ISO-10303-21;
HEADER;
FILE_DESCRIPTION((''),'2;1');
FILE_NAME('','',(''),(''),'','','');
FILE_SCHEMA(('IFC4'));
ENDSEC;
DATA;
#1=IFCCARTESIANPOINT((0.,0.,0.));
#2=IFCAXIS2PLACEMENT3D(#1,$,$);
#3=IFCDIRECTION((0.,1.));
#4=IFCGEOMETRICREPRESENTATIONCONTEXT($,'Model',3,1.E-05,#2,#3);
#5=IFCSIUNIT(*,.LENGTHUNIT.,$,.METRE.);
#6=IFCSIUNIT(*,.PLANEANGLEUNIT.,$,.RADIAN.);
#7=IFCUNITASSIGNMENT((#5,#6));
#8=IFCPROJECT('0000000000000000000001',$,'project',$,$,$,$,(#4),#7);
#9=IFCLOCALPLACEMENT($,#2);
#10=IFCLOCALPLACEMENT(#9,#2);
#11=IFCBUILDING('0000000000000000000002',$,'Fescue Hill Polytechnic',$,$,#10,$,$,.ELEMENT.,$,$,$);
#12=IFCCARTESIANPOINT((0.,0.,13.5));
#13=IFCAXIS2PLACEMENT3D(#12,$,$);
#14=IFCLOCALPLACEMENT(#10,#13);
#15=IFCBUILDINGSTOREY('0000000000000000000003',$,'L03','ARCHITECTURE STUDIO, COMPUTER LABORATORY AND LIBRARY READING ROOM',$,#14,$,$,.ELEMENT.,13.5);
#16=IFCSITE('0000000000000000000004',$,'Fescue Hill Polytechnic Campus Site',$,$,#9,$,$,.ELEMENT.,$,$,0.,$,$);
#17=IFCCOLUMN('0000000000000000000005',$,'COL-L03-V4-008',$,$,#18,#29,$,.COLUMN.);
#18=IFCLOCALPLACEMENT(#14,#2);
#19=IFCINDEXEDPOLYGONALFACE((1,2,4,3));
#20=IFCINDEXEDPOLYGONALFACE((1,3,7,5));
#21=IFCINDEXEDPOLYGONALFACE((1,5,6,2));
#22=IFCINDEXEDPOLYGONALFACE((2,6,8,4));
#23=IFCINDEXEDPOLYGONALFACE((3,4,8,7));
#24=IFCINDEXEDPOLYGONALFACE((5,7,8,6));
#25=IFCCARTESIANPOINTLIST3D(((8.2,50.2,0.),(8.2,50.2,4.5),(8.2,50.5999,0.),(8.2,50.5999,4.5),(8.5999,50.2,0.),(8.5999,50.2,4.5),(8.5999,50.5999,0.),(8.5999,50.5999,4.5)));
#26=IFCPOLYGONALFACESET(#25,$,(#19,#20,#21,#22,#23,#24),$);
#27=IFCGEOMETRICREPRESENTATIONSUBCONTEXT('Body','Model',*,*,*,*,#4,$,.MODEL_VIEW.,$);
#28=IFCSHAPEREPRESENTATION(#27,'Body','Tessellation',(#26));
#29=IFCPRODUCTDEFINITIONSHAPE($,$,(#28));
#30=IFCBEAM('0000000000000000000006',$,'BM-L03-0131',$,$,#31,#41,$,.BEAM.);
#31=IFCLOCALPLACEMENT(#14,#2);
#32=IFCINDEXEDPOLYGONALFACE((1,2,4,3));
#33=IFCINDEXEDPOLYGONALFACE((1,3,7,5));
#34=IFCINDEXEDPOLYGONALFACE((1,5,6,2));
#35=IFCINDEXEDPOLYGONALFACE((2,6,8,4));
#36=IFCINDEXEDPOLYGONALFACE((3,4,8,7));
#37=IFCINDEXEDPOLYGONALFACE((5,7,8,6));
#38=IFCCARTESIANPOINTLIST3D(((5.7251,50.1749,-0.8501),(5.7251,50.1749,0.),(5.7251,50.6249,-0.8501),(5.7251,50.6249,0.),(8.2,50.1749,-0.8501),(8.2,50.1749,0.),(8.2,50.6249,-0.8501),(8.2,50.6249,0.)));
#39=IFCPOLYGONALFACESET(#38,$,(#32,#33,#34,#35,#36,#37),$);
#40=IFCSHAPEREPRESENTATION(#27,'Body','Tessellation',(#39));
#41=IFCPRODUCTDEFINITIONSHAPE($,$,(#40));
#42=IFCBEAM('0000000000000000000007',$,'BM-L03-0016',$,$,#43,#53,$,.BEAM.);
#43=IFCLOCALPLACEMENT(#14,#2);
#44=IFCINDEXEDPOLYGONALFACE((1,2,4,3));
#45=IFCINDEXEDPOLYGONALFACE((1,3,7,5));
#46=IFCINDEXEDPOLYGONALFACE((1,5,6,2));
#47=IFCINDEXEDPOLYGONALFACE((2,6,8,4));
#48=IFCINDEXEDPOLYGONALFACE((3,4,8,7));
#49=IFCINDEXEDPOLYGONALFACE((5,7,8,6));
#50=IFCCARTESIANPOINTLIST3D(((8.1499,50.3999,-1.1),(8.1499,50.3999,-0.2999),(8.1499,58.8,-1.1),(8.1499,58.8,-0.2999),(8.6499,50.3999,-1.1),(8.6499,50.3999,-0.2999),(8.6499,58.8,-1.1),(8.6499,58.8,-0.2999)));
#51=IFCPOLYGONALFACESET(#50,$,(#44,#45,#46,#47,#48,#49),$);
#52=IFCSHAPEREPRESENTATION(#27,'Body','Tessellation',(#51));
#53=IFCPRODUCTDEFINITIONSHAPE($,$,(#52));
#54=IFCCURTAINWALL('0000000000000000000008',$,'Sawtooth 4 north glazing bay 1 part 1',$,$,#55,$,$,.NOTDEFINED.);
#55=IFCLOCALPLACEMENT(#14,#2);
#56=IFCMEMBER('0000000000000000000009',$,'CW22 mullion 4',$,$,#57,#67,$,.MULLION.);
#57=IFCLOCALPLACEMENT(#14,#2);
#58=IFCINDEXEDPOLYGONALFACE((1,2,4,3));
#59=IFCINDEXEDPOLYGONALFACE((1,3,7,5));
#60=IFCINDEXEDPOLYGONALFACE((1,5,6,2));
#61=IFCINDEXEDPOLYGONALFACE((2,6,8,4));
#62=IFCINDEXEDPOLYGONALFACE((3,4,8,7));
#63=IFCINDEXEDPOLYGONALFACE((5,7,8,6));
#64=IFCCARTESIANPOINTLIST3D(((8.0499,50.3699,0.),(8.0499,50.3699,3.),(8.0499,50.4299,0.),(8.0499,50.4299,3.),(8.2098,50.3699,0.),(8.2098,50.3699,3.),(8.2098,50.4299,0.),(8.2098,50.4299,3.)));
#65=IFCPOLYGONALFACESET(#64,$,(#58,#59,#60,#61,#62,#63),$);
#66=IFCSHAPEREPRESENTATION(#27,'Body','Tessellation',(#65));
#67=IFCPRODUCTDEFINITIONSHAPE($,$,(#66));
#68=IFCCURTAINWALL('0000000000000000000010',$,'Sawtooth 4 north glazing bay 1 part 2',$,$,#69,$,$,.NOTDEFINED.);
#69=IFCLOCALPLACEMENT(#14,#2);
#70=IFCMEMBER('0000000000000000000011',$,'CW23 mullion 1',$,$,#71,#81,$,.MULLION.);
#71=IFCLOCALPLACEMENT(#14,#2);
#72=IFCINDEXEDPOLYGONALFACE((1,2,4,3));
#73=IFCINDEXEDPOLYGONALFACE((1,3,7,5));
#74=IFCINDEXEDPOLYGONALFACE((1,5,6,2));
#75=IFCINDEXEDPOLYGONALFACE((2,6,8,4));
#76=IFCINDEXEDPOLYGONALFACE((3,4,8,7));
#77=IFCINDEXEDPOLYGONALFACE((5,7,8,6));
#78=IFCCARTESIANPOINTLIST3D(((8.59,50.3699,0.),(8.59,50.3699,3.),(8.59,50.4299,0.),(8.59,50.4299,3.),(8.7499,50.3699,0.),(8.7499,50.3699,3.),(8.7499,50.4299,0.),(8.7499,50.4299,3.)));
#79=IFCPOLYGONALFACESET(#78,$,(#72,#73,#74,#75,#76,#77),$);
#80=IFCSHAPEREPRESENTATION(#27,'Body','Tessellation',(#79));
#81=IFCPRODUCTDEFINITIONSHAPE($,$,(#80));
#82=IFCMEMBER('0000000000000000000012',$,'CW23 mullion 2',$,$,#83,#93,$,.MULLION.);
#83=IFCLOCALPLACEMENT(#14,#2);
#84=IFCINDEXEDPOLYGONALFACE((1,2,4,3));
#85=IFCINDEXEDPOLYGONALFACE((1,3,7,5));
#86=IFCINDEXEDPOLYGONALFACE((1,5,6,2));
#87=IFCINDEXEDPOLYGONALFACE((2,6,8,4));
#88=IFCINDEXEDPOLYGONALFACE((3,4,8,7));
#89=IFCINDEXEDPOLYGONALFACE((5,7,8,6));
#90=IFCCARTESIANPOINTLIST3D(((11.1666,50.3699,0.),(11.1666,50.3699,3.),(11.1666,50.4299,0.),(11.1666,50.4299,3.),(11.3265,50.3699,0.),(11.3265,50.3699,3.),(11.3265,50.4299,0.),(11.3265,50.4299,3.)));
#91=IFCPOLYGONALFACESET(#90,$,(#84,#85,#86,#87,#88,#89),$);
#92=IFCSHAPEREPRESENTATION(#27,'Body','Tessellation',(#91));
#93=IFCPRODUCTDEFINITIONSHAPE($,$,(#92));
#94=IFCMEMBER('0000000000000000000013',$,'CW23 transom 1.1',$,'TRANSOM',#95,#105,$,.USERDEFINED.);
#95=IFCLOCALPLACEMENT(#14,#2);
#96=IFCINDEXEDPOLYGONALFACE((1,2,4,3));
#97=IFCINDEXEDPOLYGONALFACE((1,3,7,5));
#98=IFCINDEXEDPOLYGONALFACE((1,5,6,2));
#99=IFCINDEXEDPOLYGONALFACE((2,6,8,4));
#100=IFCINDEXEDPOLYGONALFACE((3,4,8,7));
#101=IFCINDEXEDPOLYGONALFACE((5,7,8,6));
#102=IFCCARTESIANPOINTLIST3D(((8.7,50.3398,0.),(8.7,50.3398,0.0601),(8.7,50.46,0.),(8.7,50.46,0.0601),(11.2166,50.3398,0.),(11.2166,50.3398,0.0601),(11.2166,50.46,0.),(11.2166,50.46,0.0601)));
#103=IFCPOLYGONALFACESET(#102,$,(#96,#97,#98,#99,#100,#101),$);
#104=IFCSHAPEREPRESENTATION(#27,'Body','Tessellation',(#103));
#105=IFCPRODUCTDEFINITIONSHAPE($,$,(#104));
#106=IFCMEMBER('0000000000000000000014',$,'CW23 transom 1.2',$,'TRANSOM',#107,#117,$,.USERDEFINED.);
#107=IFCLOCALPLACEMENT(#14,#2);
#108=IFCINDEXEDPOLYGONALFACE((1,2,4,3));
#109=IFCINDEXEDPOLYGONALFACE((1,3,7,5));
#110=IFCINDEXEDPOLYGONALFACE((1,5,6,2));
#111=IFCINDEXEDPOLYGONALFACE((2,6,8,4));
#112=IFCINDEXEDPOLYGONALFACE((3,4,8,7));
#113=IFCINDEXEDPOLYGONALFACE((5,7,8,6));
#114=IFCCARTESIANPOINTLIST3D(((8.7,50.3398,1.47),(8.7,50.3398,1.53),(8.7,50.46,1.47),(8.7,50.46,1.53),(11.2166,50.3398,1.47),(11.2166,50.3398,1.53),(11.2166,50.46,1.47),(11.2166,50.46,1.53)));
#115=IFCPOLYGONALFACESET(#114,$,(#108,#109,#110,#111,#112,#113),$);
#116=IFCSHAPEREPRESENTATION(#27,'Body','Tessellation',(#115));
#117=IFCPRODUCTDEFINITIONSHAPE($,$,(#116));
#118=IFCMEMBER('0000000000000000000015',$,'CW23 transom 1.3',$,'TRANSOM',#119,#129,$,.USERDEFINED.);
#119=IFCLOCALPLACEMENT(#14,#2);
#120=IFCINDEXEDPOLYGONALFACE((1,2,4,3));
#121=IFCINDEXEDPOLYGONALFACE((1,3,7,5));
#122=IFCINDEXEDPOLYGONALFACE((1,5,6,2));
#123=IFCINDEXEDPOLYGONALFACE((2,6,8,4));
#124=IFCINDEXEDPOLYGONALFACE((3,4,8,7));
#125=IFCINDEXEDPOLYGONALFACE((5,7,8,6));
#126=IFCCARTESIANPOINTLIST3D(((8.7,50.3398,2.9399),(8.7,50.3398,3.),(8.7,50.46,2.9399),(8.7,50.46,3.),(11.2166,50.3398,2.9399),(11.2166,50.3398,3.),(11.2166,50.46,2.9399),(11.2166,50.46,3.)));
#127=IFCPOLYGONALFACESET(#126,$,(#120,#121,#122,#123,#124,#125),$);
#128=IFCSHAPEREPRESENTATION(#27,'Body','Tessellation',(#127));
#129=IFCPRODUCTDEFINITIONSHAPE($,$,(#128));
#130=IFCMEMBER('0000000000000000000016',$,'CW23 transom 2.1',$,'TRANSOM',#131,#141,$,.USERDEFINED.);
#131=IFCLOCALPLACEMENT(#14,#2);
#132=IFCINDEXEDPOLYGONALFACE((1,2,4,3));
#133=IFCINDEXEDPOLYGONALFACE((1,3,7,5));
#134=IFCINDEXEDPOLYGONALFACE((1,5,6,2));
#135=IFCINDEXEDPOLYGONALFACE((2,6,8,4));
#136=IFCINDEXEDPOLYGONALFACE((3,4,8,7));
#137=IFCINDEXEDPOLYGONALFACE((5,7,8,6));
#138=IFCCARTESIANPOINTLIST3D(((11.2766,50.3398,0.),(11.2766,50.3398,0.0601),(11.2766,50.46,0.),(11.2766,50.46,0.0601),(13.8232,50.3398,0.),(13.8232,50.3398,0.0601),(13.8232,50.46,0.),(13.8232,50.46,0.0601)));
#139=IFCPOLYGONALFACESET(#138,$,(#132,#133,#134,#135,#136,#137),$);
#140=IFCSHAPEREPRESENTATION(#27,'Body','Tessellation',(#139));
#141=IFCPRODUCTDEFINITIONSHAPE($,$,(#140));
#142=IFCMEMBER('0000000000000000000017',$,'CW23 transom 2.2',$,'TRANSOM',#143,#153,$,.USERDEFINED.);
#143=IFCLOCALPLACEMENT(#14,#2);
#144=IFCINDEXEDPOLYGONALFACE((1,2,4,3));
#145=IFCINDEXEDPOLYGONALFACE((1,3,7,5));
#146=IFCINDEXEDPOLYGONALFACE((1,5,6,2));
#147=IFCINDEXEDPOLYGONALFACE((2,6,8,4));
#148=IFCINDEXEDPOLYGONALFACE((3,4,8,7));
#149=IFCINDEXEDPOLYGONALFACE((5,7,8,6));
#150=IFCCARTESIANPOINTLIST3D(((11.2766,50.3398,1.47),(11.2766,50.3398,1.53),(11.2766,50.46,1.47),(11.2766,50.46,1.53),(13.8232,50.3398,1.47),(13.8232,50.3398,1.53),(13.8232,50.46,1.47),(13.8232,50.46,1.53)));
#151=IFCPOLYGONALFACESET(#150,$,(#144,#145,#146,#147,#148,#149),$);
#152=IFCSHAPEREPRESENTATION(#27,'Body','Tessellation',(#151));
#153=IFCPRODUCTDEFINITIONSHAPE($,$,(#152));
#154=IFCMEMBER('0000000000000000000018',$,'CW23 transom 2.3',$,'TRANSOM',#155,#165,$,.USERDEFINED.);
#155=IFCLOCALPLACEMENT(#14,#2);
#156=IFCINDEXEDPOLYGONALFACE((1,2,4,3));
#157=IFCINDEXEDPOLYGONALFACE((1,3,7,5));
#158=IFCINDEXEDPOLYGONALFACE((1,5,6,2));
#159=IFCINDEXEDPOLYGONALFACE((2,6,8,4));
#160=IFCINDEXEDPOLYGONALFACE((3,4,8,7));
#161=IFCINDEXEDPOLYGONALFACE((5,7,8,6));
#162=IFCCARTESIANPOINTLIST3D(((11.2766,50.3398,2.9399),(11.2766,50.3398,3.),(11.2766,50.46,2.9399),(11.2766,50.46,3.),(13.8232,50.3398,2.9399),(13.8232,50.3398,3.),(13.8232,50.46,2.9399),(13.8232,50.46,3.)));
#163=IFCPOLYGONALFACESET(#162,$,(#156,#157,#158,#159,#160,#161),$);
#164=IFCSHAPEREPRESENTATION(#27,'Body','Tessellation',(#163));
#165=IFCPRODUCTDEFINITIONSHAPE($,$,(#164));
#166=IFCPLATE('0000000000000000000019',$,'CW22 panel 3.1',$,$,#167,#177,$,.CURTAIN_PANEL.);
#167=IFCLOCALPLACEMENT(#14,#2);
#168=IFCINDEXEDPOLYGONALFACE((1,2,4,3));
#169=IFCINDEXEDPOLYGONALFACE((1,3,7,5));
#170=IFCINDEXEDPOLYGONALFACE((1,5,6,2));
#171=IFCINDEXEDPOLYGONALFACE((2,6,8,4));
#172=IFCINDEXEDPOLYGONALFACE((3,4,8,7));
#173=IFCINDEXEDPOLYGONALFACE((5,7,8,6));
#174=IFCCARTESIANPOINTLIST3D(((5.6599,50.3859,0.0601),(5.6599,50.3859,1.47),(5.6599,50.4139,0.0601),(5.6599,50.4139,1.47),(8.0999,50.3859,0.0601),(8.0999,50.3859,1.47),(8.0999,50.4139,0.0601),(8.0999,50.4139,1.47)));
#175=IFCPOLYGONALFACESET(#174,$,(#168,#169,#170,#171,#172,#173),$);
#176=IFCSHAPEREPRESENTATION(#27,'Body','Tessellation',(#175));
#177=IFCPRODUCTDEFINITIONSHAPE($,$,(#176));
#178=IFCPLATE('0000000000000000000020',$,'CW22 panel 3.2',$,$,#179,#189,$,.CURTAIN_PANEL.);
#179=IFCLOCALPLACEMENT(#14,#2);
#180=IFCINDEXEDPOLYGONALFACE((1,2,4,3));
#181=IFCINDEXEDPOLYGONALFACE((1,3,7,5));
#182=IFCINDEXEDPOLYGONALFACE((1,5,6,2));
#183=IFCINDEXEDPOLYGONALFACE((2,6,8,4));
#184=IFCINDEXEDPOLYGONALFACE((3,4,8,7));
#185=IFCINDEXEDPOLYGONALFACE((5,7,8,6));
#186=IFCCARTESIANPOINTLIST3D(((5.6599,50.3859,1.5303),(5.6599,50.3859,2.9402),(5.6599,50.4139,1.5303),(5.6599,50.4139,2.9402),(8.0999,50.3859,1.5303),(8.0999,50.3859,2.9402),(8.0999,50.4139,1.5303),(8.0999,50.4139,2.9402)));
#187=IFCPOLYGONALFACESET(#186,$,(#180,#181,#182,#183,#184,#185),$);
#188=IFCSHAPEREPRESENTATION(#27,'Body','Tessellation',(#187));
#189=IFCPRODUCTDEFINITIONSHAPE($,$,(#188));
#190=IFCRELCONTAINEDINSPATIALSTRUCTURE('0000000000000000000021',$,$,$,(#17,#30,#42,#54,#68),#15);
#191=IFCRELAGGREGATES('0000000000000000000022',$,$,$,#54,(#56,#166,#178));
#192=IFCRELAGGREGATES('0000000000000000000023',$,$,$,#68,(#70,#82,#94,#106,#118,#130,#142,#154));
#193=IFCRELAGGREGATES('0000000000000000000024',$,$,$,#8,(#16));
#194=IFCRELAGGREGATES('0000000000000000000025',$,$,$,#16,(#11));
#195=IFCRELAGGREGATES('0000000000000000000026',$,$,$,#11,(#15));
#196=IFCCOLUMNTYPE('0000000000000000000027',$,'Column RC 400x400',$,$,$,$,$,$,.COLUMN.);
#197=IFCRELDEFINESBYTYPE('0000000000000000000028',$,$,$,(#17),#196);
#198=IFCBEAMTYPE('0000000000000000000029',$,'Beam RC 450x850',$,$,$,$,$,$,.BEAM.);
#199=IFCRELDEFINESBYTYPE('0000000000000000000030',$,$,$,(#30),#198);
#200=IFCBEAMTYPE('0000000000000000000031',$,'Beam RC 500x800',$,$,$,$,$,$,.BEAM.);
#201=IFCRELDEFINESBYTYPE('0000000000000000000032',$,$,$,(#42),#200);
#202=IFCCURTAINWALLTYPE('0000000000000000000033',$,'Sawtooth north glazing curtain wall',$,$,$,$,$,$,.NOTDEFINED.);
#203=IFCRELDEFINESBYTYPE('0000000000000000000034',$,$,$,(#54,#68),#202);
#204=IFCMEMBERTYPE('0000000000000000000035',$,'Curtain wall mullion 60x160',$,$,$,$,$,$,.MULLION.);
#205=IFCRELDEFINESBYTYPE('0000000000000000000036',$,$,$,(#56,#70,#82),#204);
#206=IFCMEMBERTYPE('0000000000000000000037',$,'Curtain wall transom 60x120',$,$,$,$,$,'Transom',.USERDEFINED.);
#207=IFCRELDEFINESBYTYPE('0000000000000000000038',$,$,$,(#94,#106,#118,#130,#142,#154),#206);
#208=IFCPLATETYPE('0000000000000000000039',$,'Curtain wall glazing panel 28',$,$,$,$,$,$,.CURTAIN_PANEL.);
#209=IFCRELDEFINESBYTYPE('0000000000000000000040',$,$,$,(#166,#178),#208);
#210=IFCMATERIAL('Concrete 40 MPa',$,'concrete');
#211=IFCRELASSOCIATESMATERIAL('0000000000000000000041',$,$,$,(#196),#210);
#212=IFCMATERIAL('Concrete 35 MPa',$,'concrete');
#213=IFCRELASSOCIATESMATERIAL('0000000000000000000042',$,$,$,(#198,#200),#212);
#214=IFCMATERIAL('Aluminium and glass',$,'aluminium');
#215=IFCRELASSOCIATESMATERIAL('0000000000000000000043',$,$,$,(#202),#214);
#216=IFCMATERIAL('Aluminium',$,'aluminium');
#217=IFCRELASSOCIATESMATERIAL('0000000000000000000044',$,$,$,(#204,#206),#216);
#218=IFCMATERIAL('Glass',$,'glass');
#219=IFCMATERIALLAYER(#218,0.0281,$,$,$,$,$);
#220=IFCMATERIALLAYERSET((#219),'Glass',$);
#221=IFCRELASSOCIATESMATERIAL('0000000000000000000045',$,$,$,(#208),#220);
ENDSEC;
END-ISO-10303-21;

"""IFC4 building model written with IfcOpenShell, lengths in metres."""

from ifc_helpers import new_model, si_unit, direction, frame, origin, origin_2d, place, context, subcontext, project, spatial, rectangle, extrude, material, layer, layer_set, material_profile, profile_set, type_object, element, aggregate, save


model = new_model("IFC4")

# Units and contexts
model_context = context("Model", 3, precision=1e-05, world=origin(), true_north=direction((0.0, 1.0)))
body_context = subcontext(model_context, "Body", "Model", "MODEL_VIEW")
ifc_project = project(units=[si_unit("LENGTHUNIT", "METRE"), si_unit("PLANEANGLEUNIT", "RADIAN")], contexts=[model_context])

# Site, building, storey
site_placement = place(None, origin())
site = spatial("IfcSite", under=ifc_project, at=site_placement, Name="Fescue Hill Polytechnic Campus Site", CompositionType="ELEMENT", RefElevation=0.0)
building_placement = place(site_placement, origin())
building = spatial("IfcBuilding", under=site, at=building_placement, Name="Fescue Hill Polytechnic", CompositionType="ELEMENT")
storey_placement = place(building_placement, frame((0.0, 0.0, 13.5)))
storey = spatial("IfcBuildingStorey", under=building, at=storey_placement, Name="L03", Description="ARCHITECTURE STUDIO, COMPUTER LABORATORY AND LIBRARY READING ROOM", CompositionType="ELEMENT", Elevation=13.5)

# Column
ifc_material_1 = material(Name="Concrete 40 MPa", Category="concrete")
ifc_material_profile_1 = material_profile(ifc_material_1, rectangle(XDim=0.3999, YDim=0.3999, at=origin_2d()), Name="RC 400x400")
ifc_profile_set_1 = profile_set([ifc_material_profile_1], Name="Concrete 40 MPa")
column_type = type_object("IfcColumnType", Name="Column RC 400x400", PredefinedType="COLUMN", material=ifc_profile_set_1)
column_placement = place(storey_placement, frame((8.3999, 50.3999, 0.0), z_axis=(0.0, 0.0, 1.0), x_axis=(1.0, 0.0, 0.0)))
element("IfcColumn", 1, at=column_placement, inside=storey, type_object=column_type, Name="COL-L03-V4-008", PredefinedType="COLUMN", context=body_context, shape_type="SweptSolid", body=[
    extrude(rectangle(XDim=0.3999, YDim=0.3999, at=origin_2d()), origin(), (0.0, 0.0, 1.0), 4.5),
])

# Beams
ifc_material_2 = material(Name="Concrete 35 MPa", Category="concrete")
ifc_material_profile_2 = material_profile(ifc_material_2, rectangle(XDim=0.45, YDim=0.8501, at=origin_2d()), Name="RC 450x850")
ifc_profile_set_2 = profile_set([ifc_material_profile_2], Name="Concrete 35 MPa")
beam_type_1 = type_object("IfcBeamType", Name="Beam RC 450x850", PredefinedType="BEAM", material=ifc_profile_set_2)
beam_1_placement = place(storey_placement, frame((5.7251, 50.3999, -0.425), z_axis=(1.0, 0.0, 0.0), x_axis=(0.0, 1.0, 0.0)))
element("IfcBeam", 2, at=beam_1_placement, inside=storey, type_object=beam_type_1, Name="BM-L03-0131", PredefinedType="BEAM", context=body_context, shape_type="SweptSolid", body=[
    extrude(rectangle(XDim=0.45, YDim=0.8501, at=origin_2d()), origin(), (0.0, 0.0, 1.0), 2.4749),
])
ifc_material_profile_3 = material_profile(ifc_material_2, rectangle(XDim=0.5, YDim=0.8, at=origin_2d()), Name="RC 500x800")
ifc_profile_set_3 = profile_set([ifc_material_profile_3], Name="Concrete 35 MPa")
beam_type_2 = type_object("IfcBeamType", Name="Beam RC 500x800", PredefinedType="BEAM", material=ifc_profile_set_3)
beam_2_placement = place(storey_placement, frame((8.3999, 50.3999, -0.7), z_axis=(0.0, 1.0, 0.0), x_axis=(-1.0, 0.0, 0.0)))
element("IfcBeam", 3, at=beam_2_placement, inside=storey, type_object=beam_type_2, Name="BM-L03-0016", PredefinedType="BEAM", context=body_context, shape_type="SweptSolid", body=[
    extrude(rectangle(XDim=0.5, YDim=0.8, at=origin_2d()), origin(), (0.0, 0.0, 1.0), 8.4001),
])

# Curtain wall, member
ifc_material_3 = material(Name="Aluminium and glass", Category="aluminium")
curtain_wall_type = type_object("IfcCurtainWallType", Name="Sawtooth north glazing curtain wall", PredefinedType="NOTDEFINED", material=ifc_material_3)
curtain_wall_1_placement = place(storey_placement, origin())
curtain_wall_1 = element("IfcCurtainWall", 4, at=curtain_wall_1_placement, inside=storey, type_object=curtain_wall_type, Name="Sawtooth 4 north glazing bay 1 part 1", PredefinedType="NOTDEFINED")
ifc_material_4 = material(Name="Aluminium", Category="aluminium")
ifc_material_profile_4 = material_profile(ifc_material_4, rectangle(XDim=0.0601, YDim=0.1599, at=origin_2d()), Name="Curtain wall mullion 60x160")
ifc_profile_set_4 = profile_set([ifc_material_profile_4], Name="Aluminium")
member_type_1 = type_object("IfcMemberType", Name="Curtain wall mullion 60x160", PredefinedType="MULLION", material=ifc_profile_set_4)
member_1_placement = place(storey_placement, frame((8.1299, 50.3999, 0.0), z_axis=(0.0, 0.0, 1.0), x_axis=(0.0, 1.0, 0.0)))
member_1 = element("IfcMember", 5, at=member_1_placement, type_object=member_type_1, Name="CW22 mullion 4", PredefinedType="MULLION", context=body_context, shape_type="SweptSolid", body=[
    extrude(rectangle(XDim=0.0601, YDim=0.1599, at=origin_2d()), origin(), (0.0, 0.0, 1.0), 3.0),
])

# Curtain wall, members
curtain_wall_2_placement = place(storey_placement, origin())
curtain_wall_2 = element("IfcCurtainWall", 6, at=curtain_wall_2_placement, inside=storey, type_object=curtain_wall_type, Name="Sawtooth 4 north glazing bay 1 part 2", PredefinedType="NOTDEFINED")
member_2_placement = place(storey_placement, frame((8.6699, 50.3999, 0.0), z_axis=(0.0, 0.0, 1.0), x_axis=(0.0, 1.0, 0.0)))
member_2 = element("IfcMember", 7, at=member_2_placement, type_object=member_type_1, Name="CW23 mullion 1", PredefinedType="MULLION", context=body_context, shape_type="SweptSolid", body=[
    extrude(rectangle(XDim=0.0601, YDim=0.1599, at=origin_2d()), origin(), (0.0, 0.0, 1.0), 3.0),
])
member_3_placement = place(storey_placement, frame((11.2466, 50.3999, 0.0), z_axis=(0.0, 0.0, 1.0), x_axis=(0.0, 1.0, 0.0)))
member_3 = element("IfcMember", 8, at=member_3_placement, type_object=member_type_1, Name="CW23 mullion 2", PredefinedType="MULLION", context=body_context, shape_type="SweptSolid", body=[
    extrude(rectangle(XDim=0.0601, YDim=0.1599, at=origin_2d()), origin(), (0.0, 0.0, 1.0), 3.0),
])
ifc_material_profile_5 = material_profile(ifc_material_4, rectangle(XDim=0.1201, YDim=0.0601, at=origin_2d()), Name="Curtain wall transom 60x120")
ifc_profile_set_5 = profile_set([ifc_material_profile_5], Name="Aluminium")
member_type_2 = type_object("IfcMemberType", Name="Curtain wall transom 60x120", ElementType="Transom", PredefinedType="USERDEFINED", material=ifc_profile_set_5)
member_4_placement = place(storey_placement, frame((8.7, 50.3999, 0.03), z_axis=(1.0, 0.0, 0.0), x_axis=(0.0, 1.0, 0.0)))
member_4 = element("IfcMember", 9, at=member_4_placement, type_object=member_type_2, Name="CW23 transom 1.1", ObjectType="TRANSOM", PredefinedType="USERDEFINED", context=body_context, shape_type="SweptSolid", body=[
    extrude(rectangle(XDim=0.1201, YDim=0.0601, at=origin_2d()), origin(), (0.0, 0.0, 1.0), 2.5166),
])
member_5_placement = place(storey_placement, frame((8.7, 50.3999, 1.5), z_axis=(1.0, 0.0, 0.0), x_axis=(0.0, 1.0, 0.0)))
member_5 = element("IfcMember", 10, at=member_5_placement, type_object=member_type_2, Name="CW23 transom 1.2", ObjectType="TRANSOM", PredefinedType="USERDEFINED", context=body_context, shape_type="SweptSolid", body=[
    extrude(rectangle(XDim=0.1201, YDim=0.0601, at=origin_2d()), origin(), (0.0, 0.0, 1.0), 2.5166),
])
member_6_placement = place(storey_placement, frame((8.7, 50.3999, 2.97), z_axis=(1.0, 0.0, 0.0), x_axis=(0.0, 1.0, 0.0)))
member_6 = element("IfcMember", 11, at=member_6_placement, type_object=member_type_2, Name="CW23 transom 1.3", ObjectType="TRANSOM", PredefinedType="USERDEFINED", context=body_context, shape_type="SweptSolid", body=[
    extrude(rectangle(XDim=0.1201, YDim=0.0601, at=origin_2d()), origin(), (0.0, 0.0, 1.0), 2.5166),
])
member_7_placement = place(storey_placement, frame((11.2766, 50.3999, 0.03), z_axis=(1.0, 0.0, 0.0), x_axis=(0.0, 1.0, 0.0)))
member_7 = element("IfcMember", 12, at=member_7_placement, type_object=member_type_2, Name="CW23 transom 2.1", ObjectType="TRANSOM", PredefinedType="USERDEFINED", context=body_context, shape_type="SweptSolid", body=[
    extrude(rectangle(XDim=0.1201, YDim=0.0601, at=origin_2d()), origin(), (0.0, 0.0, 1.0), 2.5466),
])
member_8_placement = place(storey_placement, frame((11.2766, 50.3999, 1.5), z_axis=(1.0, 0.0, 0.0), x_axis=(0.0, 1.0, 0.0)))
member_8 = element("IfcMember", 13, at=member_8_placement, type_object=member_type_2, Name="CW23 transom 2.2", ObjectType="TRANSOM", PredefinedType="USERDEFINED", context=body_context, shape_type="SweptSolid", body=[
    extrude(rectangle(XDim=0.1201, YDim=0.0601, at=origin_2d()), origin(), (0.0, 0.0, 1.0), 2.5466),
])
member_9_placement = place(storey_placement, frame((11.2766, 50.3999, 2.97), z_axis=(1.0, 0.0, 0.0), x_axis=(0.0, 1.0, 0.0)))
member_9 = element("IfcMember", 14, at=member_9_placement, type_object=member_type_2, Name="CW23 transom 2.3", ObjectType="TRANSOM", PredefinedType="USERDEFINED", context=body_context, shape_type="SweptSolid", body=[
    extrude(rectangle(XDim=0.1201, YDim=0.0601, at=origin_2d()), origin(), (0.0, 0.0, 1.0), 2.5466),
])

# Plates
ifc_material_5 = material(Name="Glass", Category="glass")
ifc_layer_1 = layer(ifc_material_5, 0.0281)
ifc_layer_set_1 = layer_set([ifc_layer_1], Name="Glass")
plate_type = type_object("IfcPlateType", Name="Curtain wall glazing panel 28", PredefinedType="CURTAIN_PANEL", material=ifc_layer_set_1)
plate_1_placement = place(storey_placement, frame((6.8799, 50.3999, 0.0601), z_axis=(0.0, 0.0, 1.0), x_axis=(1.0, 0.0, 0.0)))
plate_1 = element("IfcPlate", 15, at=plate_1_placement, type_object=plate_type, Name="CW22 panel 3.1", PredefinedType="CURTAIN_PANEL", context=body_context, shape_type="SweptSolid", body=[
    extrude(rectangle(XDim=2.4399, YDim=0.0281, at=origin_2d()), origin(), (0.0, 0.0, 1.0), 1.4099),
])
plate_2_placement = place(storey_placement, frame((6.8799, 50.3999, 1.5303), z_axis=(0.0, 0.0, 1.0), x_axis=(1.0, 0.0, 0.0)))
plate_2 = element("IfcPlate", 16, at=plate_2_placement, type_object=plate_type, Name="CW22 panel 3.2", PredefinedType="CURTAIN_PANEL", context=body_context, shape_type="SweptSolid", body=[
    extrude(rectangle(XDim=2.4399, YDim=0.0281, at=origin_2d()), origin(), (0.0, 0.0, 1.0), 1.4099),
])
aggregate(curtain_wall_1, [member_1, plate_1, plate_2])
aggregate(curtain_wall_2, [member_2, member_3, member_4, member_5, member_6, member_7, member_8, member_9])

save(model, "model.ifc")
